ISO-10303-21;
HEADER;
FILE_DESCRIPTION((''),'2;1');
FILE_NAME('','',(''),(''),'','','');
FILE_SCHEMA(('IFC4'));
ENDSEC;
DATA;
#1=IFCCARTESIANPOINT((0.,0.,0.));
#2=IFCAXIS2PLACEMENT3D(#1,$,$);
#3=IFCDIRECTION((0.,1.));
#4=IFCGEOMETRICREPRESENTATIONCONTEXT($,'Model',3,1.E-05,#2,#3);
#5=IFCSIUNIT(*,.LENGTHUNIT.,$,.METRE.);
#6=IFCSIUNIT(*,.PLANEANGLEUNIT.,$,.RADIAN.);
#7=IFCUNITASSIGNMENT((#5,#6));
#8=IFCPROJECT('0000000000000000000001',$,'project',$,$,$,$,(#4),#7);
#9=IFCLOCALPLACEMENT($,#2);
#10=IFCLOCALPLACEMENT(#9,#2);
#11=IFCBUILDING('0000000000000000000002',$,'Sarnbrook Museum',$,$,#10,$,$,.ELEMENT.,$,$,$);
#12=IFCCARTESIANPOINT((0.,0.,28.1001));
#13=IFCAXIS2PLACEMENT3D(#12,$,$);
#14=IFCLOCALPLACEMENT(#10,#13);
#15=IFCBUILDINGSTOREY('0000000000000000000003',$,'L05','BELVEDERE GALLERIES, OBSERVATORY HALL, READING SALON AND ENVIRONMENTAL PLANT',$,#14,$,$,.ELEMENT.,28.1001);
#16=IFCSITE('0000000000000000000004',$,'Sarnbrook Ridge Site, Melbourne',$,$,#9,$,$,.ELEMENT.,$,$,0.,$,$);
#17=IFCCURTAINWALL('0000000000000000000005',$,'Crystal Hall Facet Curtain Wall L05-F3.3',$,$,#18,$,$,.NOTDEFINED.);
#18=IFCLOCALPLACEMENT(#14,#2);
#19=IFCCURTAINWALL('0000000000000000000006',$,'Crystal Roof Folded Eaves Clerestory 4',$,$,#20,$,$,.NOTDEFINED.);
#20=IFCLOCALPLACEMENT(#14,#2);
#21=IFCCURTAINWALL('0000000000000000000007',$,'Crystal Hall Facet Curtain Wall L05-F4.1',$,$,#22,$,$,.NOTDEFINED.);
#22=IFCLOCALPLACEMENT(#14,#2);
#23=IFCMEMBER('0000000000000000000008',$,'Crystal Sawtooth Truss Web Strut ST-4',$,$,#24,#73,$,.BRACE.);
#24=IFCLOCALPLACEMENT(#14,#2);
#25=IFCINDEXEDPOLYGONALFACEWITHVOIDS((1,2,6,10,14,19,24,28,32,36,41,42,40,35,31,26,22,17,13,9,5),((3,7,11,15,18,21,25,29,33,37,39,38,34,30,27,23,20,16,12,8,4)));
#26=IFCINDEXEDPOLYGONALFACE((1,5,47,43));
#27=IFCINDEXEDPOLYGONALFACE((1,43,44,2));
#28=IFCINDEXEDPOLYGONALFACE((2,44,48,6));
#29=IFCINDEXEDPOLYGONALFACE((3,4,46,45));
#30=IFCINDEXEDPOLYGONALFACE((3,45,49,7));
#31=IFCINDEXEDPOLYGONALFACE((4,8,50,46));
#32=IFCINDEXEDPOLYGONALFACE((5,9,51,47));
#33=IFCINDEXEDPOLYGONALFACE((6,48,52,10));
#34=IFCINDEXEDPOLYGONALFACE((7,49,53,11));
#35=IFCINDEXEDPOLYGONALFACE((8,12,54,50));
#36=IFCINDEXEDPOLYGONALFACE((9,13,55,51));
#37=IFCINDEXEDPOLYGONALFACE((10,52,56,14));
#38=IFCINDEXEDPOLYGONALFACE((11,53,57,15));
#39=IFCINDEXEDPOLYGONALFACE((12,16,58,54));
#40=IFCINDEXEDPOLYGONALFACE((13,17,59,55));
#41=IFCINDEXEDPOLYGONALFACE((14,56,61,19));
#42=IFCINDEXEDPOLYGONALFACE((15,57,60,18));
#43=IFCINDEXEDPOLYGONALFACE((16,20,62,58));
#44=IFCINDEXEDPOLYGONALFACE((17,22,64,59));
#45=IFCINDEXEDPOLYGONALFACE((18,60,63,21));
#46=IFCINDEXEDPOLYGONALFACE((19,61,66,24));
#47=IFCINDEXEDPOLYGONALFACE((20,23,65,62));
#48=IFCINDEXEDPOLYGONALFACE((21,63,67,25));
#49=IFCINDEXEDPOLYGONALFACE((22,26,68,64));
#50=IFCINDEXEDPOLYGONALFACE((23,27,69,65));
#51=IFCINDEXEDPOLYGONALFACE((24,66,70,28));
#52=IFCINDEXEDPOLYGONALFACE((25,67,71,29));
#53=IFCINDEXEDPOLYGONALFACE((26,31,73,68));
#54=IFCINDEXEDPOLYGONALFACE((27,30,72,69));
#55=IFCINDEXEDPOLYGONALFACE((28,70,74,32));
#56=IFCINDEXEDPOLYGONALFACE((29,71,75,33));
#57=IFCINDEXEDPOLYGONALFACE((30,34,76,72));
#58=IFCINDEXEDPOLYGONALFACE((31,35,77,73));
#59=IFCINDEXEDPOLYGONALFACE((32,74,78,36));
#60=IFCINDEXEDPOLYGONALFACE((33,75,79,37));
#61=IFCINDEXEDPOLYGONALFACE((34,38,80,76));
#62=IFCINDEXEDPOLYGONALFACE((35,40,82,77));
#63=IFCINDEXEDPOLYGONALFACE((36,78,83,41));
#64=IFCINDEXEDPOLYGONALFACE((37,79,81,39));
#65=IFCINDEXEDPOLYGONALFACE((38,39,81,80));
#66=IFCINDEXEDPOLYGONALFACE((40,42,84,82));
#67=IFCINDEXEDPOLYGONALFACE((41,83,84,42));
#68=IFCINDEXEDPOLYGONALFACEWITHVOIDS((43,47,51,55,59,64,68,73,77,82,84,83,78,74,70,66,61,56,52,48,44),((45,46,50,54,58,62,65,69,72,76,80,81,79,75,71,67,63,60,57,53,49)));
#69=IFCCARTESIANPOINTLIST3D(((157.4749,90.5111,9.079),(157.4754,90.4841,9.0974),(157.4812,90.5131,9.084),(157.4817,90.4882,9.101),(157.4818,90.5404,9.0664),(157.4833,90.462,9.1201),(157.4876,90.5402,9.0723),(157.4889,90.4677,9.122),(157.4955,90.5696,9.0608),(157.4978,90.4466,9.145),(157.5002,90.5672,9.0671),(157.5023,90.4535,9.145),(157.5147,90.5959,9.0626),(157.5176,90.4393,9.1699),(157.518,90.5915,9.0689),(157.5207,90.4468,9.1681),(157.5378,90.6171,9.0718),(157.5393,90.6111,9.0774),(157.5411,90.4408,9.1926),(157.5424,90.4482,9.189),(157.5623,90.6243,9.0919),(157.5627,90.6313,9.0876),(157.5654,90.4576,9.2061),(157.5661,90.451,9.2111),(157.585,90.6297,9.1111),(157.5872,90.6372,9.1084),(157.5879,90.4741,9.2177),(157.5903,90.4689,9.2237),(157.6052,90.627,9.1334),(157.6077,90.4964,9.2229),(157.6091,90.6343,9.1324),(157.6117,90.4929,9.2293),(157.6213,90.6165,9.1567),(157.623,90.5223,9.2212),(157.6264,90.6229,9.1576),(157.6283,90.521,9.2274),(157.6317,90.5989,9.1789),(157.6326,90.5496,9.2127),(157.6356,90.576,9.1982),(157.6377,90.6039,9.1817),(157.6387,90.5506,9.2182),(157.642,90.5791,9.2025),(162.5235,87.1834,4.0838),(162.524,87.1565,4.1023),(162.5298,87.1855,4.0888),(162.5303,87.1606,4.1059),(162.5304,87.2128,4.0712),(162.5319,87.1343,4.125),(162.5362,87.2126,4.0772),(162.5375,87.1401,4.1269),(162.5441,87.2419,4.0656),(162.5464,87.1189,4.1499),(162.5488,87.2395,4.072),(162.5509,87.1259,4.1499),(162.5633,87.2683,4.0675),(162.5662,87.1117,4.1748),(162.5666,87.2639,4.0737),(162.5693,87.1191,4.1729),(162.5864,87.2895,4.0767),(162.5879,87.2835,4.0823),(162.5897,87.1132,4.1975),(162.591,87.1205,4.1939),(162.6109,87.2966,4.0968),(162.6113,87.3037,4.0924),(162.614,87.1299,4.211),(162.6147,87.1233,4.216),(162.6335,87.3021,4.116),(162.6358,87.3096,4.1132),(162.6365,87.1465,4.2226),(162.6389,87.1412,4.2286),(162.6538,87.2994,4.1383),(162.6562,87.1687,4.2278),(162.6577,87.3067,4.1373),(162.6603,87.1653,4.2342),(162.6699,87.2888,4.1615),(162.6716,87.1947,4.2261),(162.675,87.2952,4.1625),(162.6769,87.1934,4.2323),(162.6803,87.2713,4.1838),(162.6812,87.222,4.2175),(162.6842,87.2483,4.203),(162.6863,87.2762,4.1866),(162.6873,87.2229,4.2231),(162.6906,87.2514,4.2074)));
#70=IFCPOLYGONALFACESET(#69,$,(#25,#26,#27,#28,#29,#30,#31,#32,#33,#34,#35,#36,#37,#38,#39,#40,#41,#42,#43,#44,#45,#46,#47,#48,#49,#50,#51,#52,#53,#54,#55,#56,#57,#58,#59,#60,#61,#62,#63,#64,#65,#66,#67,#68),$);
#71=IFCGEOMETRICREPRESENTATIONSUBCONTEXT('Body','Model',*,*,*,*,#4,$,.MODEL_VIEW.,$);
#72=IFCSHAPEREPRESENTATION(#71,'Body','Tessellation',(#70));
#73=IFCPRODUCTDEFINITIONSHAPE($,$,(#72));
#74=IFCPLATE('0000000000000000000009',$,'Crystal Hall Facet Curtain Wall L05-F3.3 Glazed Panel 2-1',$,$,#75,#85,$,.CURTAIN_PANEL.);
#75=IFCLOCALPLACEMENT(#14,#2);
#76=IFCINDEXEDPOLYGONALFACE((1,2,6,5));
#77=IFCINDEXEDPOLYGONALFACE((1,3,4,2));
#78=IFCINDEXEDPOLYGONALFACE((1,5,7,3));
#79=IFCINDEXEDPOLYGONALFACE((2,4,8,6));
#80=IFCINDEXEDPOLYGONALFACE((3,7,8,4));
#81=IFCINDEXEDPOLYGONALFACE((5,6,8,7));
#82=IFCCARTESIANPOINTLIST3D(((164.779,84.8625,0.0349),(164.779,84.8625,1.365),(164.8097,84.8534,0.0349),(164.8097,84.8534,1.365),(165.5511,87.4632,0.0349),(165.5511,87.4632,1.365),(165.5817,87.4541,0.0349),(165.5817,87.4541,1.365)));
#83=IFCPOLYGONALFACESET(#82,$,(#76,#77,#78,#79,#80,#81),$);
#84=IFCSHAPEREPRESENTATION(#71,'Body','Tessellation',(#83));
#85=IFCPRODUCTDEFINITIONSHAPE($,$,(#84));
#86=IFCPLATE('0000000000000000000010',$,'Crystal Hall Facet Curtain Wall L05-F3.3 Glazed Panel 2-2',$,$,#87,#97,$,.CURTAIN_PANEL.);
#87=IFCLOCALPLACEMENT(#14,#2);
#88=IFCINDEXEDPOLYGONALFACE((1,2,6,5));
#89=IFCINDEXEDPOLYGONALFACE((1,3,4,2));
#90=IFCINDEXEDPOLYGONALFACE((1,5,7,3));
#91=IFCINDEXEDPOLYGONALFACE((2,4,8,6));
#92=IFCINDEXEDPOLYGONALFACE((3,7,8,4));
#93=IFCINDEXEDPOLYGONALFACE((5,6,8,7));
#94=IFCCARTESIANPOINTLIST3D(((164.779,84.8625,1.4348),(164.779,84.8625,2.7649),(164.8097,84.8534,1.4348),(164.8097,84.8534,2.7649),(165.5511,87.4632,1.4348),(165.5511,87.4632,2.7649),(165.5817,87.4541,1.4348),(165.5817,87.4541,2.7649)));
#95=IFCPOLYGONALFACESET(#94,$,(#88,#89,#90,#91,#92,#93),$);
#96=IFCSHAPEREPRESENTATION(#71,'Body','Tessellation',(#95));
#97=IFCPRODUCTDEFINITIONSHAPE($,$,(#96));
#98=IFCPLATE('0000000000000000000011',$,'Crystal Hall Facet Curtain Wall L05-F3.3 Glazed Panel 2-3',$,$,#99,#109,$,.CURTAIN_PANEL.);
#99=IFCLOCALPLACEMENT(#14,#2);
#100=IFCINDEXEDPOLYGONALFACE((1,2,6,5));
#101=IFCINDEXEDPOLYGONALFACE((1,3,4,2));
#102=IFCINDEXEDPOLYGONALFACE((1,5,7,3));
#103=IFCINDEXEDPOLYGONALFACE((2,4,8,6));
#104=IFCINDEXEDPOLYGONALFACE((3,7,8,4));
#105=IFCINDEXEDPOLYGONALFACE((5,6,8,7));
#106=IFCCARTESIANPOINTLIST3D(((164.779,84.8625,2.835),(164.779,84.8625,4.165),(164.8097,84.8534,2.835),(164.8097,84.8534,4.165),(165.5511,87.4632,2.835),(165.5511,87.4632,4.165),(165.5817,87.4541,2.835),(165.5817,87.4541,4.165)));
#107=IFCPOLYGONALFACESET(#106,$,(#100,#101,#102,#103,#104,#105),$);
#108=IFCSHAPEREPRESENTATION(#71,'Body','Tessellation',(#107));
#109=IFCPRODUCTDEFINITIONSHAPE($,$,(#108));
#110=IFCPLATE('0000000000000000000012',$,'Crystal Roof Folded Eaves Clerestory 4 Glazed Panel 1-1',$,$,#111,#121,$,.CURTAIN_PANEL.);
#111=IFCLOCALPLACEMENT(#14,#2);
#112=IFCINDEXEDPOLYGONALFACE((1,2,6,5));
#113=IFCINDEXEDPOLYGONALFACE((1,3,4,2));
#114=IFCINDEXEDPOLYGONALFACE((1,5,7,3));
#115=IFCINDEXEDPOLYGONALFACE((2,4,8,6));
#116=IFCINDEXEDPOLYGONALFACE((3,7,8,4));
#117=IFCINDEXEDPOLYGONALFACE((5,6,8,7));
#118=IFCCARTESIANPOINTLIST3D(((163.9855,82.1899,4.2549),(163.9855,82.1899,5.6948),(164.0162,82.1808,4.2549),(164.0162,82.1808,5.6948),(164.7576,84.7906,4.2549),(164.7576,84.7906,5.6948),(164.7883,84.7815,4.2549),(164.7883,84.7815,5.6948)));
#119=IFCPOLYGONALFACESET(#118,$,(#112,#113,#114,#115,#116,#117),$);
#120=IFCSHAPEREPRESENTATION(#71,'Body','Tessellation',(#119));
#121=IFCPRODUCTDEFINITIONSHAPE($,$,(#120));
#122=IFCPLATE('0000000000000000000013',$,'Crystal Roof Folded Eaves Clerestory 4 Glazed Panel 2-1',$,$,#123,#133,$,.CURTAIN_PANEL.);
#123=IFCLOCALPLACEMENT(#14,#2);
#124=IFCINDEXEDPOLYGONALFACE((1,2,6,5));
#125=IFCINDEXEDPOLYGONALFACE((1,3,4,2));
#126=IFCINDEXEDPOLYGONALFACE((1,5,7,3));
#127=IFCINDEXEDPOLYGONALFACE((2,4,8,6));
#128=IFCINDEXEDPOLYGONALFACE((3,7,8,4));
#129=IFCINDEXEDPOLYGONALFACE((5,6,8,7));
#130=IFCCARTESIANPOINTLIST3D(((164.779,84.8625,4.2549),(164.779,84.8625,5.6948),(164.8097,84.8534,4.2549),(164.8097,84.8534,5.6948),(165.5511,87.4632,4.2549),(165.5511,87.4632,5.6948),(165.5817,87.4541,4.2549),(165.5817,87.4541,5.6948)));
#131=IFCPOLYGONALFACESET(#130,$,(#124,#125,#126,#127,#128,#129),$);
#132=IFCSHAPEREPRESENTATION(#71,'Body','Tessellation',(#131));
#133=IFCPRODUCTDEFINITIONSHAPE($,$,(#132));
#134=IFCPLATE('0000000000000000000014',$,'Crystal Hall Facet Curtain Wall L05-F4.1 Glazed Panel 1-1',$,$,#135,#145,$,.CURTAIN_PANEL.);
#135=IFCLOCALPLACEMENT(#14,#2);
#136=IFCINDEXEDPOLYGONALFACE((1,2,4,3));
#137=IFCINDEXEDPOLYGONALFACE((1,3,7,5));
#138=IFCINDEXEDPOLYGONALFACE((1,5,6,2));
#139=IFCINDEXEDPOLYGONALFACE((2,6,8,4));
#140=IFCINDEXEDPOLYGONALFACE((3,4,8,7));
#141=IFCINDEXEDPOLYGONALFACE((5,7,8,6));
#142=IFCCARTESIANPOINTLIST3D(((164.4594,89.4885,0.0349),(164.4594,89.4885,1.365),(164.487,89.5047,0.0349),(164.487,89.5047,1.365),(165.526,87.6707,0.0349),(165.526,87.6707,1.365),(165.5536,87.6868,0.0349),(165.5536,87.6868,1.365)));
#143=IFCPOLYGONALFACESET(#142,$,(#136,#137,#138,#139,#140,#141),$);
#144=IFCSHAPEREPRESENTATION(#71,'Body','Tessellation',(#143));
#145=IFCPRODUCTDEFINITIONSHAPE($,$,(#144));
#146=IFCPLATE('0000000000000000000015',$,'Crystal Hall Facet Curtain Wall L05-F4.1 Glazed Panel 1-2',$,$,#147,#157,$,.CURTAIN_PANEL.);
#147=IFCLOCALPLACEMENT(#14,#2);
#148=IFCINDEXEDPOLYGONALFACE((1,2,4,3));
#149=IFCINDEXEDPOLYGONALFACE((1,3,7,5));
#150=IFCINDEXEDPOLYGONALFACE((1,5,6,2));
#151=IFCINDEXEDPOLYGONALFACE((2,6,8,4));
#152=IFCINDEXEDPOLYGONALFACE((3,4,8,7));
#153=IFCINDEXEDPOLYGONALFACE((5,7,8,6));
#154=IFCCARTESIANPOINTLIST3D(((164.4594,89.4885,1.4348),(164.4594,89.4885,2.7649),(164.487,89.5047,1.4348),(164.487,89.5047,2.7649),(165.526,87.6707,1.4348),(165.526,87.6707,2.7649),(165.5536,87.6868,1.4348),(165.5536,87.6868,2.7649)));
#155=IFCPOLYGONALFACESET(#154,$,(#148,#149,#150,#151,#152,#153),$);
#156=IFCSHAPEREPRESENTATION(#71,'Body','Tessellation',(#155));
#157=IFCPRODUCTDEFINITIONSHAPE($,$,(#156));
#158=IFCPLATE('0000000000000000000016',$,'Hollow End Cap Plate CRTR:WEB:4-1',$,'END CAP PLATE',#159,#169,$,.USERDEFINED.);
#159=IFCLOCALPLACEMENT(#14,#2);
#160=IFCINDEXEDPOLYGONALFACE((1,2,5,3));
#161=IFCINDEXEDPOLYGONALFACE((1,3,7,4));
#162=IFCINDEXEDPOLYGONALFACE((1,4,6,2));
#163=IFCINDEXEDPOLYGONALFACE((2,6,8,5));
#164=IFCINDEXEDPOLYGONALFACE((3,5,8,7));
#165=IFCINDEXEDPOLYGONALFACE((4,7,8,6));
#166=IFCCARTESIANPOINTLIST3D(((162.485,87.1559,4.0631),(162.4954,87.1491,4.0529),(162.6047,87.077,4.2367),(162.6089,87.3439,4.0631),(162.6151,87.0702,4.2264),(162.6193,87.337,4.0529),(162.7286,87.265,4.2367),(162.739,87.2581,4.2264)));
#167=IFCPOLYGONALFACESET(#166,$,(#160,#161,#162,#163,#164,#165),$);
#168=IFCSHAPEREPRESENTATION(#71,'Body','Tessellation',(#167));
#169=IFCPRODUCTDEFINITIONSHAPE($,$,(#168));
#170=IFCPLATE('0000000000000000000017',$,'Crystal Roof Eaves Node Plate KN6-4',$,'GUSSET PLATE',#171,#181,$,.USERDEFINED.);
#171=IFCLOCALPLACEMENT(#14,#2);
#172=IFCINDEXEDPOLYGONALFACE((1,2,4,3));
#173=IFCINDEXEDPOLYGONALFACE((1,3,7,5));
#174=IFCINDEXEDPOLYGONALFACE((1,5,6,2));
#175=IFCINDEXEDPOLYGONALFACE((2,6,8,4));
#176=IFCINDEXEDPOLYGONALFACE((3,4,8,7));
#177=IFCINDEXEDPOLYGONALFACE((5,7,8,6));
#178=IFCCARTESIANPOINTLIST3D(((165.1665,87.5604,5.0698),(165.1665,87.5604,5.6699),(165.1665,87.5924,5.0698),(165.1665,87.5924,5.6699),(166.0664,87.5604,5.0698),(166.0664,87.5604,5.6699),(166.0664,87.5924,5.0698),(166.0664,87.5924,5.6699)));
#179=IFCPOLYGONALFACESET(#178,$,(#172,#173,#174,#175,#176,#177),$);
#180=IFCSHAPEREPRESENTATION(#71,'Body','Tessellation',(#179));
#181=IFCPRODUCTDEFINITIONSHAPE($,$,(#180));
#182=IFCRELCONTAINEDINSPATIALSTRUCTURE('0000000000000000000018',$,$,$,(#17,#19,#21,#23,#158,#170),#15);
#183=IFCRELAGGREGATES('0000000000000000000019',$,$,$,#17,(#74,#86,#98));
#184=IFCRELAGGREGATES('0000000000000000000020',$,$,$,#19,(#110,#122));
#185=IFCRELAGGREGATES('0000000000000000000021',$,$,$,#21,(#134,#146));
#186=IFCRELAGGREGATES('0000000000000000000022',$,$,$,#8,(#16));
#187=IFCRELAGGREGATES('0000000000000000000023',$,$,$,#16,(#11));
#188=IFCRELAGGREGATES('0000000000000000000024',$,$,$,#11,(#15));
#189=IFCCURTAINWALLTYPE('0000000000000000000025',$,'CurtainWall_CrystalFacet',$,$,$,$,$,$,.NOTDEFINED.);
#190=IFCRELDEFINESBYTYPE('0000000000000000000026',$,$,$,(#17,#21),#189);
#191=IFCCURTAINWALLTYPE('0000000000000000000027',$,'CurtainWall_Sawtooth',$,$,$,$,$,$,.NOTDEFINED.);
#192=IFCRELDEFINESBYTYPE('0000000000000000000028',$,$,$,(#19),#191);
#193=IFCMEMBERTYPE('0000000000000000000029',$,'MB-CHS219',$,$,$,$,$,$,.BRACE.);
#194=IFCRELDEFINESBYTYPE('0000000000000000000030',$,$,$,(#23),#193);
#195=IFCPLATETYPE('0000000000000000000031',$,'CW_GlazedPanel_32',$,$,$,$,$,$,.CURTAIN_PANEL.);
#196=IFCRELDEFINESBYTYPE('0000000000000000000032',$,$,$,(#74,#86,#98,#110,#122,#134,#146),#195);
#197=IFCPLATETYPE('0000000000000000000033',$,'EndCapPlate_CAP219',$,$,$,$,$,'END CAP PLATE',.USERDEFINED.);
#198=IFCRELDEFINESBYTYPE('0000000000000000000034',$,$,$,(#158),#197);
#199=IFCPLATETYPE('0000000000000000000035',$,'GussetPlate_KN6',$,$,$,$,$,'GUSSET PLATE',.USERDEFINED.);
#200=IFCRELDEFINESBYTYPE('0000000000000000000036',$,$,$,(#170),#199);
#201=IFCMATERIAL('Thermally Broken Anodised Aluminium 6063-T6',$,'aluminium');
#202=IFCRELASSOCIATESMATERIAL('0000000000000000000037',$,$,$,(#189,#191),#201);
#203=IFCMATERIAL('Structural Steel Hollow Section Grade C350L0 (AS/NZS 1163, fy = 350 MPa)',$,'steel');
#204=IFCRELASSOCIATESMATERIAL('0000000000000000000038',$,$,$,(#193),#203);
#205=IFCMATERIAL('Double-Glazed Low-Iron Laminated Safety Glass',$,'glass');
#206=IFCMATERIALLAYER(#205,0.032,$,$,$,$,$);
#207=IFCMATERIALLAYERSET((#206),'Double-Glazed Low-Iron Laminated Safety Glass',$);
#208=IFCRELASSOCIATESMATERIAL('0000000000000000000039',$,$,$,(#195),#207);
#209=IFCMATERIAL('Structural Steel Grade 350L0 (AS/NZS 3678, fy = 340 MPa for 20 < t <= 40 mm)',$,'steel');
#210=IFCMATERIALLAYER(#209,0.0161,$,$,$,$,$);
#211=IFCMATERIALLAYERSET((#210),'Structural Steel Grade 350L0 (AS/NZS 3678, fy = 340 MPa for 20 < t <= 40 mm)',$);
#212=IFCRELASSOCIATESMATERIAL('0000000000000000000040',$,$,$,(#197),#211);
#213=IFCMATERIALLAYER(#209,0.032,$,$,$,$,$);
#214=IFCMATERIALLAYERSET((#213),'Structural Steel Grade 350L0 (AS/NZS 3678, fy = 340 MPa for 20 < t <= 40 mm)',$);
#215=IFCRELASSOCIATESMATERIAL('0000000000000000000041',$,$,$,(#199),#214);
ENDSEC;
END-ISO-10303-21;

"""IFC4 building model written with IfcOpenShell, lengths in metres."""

from ifc_helpers import new_model, si_unit, direction, frame, origin, origin_2d, place, context, subcontext, project, spatial, rectangle, hollow_circle, extrude, material, layer, layer_set, material_profile, profile_set, type_object, element, aggregate, save


model = new_model("IFC4")

# Units and contexts
model_context = context("Model", 3, precision=1e-05, world=origin(), true_north=direction((0.0, 1.0)))
body_context = subcontext(model_context, "Body", "Model", "MODEL_VIEW")
ifc_project = project(units=[si_unit("LENGTHUNIT", "METRE"), si_unit("PLANEANGLEUNIT", "RADIAN")], contexts=[model_context])

# Site, building, storey
site_placement = place(None, origin())
site = spatial("IfcSite", under=ifc_project, at=site_placement, Name="Sarnbrook Ridge Site, Melbourne", CompositionType="ELEMENT", RefElevation=0.0)
building_placement = place(site_placement, origin())
building = spatial("IfcBuilding", under=site, at=building_placement, Name="Sarnbrook Museum", CompositionType="ELEMENT")
storey_placement = place(building_placement, frame((0.0, 0.0, 28.1001)))
storey = spatial("IfcBuildingStorey", under=building, at=storey_placement, Name="L05", Description="BELVEDERE GALLERIES, OBSERVATORY HALL, READING SALON AND ENVIRONMENTAL PLANT", CompositionType="ELEMENT", Elevation=28.1001)

# Shared definitions
ifc_material_1 = material(Name="Structural Steel Grade 350L0 (AS/NZS 3678, fy = 340 MPa for 20 < t <= 40 mm)", Category="steel")

# Curtain walls
ifc_material_2 = material(Name="Thermally Broken Anodised Aluminium 6063-T6", Category="aluminium")
curtain_wall_type_1 = type_object("IfcCurtainWallType", Name="CurtainWall_CrystalFacet", PredefinedType="NOTDEFINED", material=ifc_material_2)
curtain_wall_1_placement = place(storey_placement, origin())
curtain_wall_1 = element("IfcCurtainWall", 1, at=curtain_wall_1_placement, inside=storey, type_object=curtain_wall_type_1, Name="Crystal Hall Facet Curtain Wall L05-F3.3", PredefinedType="NOTDEFINED")
curtain_wall_type_2 = type_object("IfcCurtainWallType", Name="CurtainWall_Sawtooth", PredefinedType="NOTDEFINED", material=ifc_material_2)
curtain_wall_2_placement = place(storey_placement, origin())
curtain_wall_2 = element("IfcCurtainWall", 2, at=curtain_wall_2_placement, inside=storey, type_object=curtain_wall_type_2, Name="Crystal Roof Folded Eaves Clerestory 4", PredefinedType="NOTDEFINED")

# Curtain wall
curtain_wall_3_placement = place(storey_placement, origin())
curtain_wall_3 = element("IfcCurtainWall", 3, at=curtain_wall_3_placement, inside=storey, type_object=curtain_wall_type_1, Name="Crystal Hall Facet Curtain Wall L05-F4.1", PredefinedType="NOTDEFINED")

# Member
ifc_material_3 = material(Name="Structural Steel Hollow Section Grade C350L0 (AS/NZS 1163, fy = 350 MPa)", Category="steel")
ifc_material_profile_1 = material_profile(ifc_material_3, hollow_circle(Radius=0.1096, WallThickness=0.0083, at=origin_2d()), Name="219.1x8.2CHS")
ifc_profile_set_1 = profile_set([ifc_material_profile_1], Name="Structural Steel Hollow Section Grade C350L0 (AS/NZS 1163, fy = 350 MPa)")
member_type_1 = type_object("IfcMemberType", Name="MB-CHS219", PredefinedType="BRACE", material=ifc_profile_set_1)
member_1_placement = place(storey_placement, frame((162.6067, 87.2104, 4.1499), z_axis=(-0.643706, 0.424281, 0.636889), x_axis=(-0.550332, -0.834946, 0.0)))
element("IfcMember", 4, at=member_1_placement, inside=storey, type_object=member_type_1, Name="Crystal Sawtooth Truss Web Strut ST-4", PredefinedType="BRACE", context=body_context, shape_type="SweptSolid", body=[
    extrude(hollow_circle(Radius=0.1096, WallThickness=0.0083, at=origin_2d()), origin(), (0.0, 0.0, 1.0), 7.843),
])

# Plates
ifc_material_4 = material(Name="Double-Glazed Low-Iron Laminated Safety Glass", Category="glass")
ifc_layer_1 = layer(ifc_material_4, 0.032)
ifc_layer_set_1 = layer_set([ifc_layer_1], Name="Double-Glazed Low-Iron Laminated Safety Glass")
plate_type_1 = type_object("IfcPlateType", Name="CW_GlazedPanel_32", PredefinedType="CURTAIN_PANEL", material=ifc_layer_set_1)
plate_1_placement = place(storey_placement, frame((165.165, 86.1628, 0.7), z_axis=(0.958647, -0.284597, 0.0), x_axis=(0.284597, 0.958647, 0.0)))
plate_1 = element("IfcPlate", 5, at=plate_1_placement, type_object=plate_type_1, Name="Crystal Hall Facet Curtain Wall L05-F3.3 Glazed Panel 2-1", PredefinedType="CURTAIN_PANEL", context=body_context, shape_type="SweptSolid", body=[
    extrude(rectangle(XDim=2.7129, YDim=1.3301, at=origin_2d()), origin(), (0.0, 0.0, 1.0), 0.032),
])
plate_2_placement = place(storey_placement, frame((165.165, 86.1628, 2.0999), z_axis=(0.958647, -0.284597, 0.0), x_axis=(0.284597, 0.958647, 0.0)))
plate_2 = element("IfcPlate", 6, at=plate_2_placement, type_object=plate_type_1, Name="Crystal Hall Facet Curtain Wall L05-F3.3 Glazed Panel 2-2", PredefinedType="CURTAIN_PANEL", context=body_context, shape_type="SweptSolid", body=[
    extrude(rectangle(XDim=2.7129, YDim=1.3301, at=origin_2d()), origin(), (0.0, 0.0, 1.0), 0.032),
])
plate_3_placement = place(storey_placement, frame((165.165, 86.1628, 3.5), z_axis=(0.958647, -0.284597, 0.0), x_axis=(0.284597, 0.958647, 0.0)))
plate_3 = element("IfcPlate", 7, at=plate_3_placement, type_object=plate_type_1, Name="Crystal Hall Facet Curtain Wall L05-F3.3 Glazed Panel 2-3", PredefinedType="CURTAIN_PANEL", context=body_context, shape_type="SweptSolid", body=[
    extrude(rectangle(XDim=2.7129, YDim=1.3301, at=origin_2d()), origin(), (0.0, 0.0, 1.0), 0.032),
])
aggregate(curtain_wall_1, [plate_1, plate_2, plate_3])
plate_4_placement = place(storey_placement, frame((164.3716, 83.4902, 4.9749), z_axis=(0.958647, -0.284597, 0.0), x_axis=(0.284597, 0.958647, 0.0)))
plate_4 = element("IfcPlate", 8, at=plate_4_placement, type_object=plate_type_1, Name="Crystal Roof Folded Eaves Clerestory 4 Glazed Panel 1-1", PredefinedType="CURTAIN_PANEL", context=body_context, shape_type="SweptSolid", body=[
    extrude(rectangle(XDim=2.7129, YDim=1.4399, at=origin_2d()), origin(), (0.0, 0.0, 1.0), 0.032),
])
plate_5_placement = place(storey_placement, frame((165.165, 86.1628, 4.9749), z_axis=(0.958647, -0.284597, 0.0), x_axis=(0.284597, 0.958647, 0.0)))
plate_5 = element("IfcPlate", 9, at=plate_5_placement, type_object=plate_type_1, Name="Crystal Roof Folded Eaves Clerestory 4 Glazed Panel 2-1", PredefinedType="CURTAIN_PANEL", context=body_context, shape_type="SweptSolid", body=[
    extrude(rectangle(XDim=2.7129, YDim=1.4399, at=origin_2d()), origin(), (0.0, 0.0, 1.0), 0.032),
])
aggregate(curtain_wall_2, [plate_4, plate_5])
plate_6_placement = place(storey_placement, frame((164.9927, 88.5796, 0.7), z_axis=(0.8625, 0.506057, 0.0), x_axis=(-0.506057, 0.8625, 0.0)))
plate_6 = element("IfcPlate", 10, at=plate_6_placement, type_object=plate_type_1, Name="Crystal Hall Facet Curtain Wall L05-F4.1 Glazed Panel 1-1", PredefinedType="CURTAIN_PANEL", context=body_context, shape_type="SweptSolid", body=[
    extrude(rectangle(XDim=2.1077, YDim=1.3301, at=origin_2d()), origin(), (0.0, 0.0, 1.0), 0.032),
])
plate_7_placement = place(storey_placement, frame((164.9927, 88.5796, 2.0999), z_axis=(0.8625, 0.506057, 0.0), x_axis=(-0.506057, 0.8625, 0.0)))
plate_7 = element("IfcPlate", 11, at=plate_7_placement, type_object=plate_type_1, Name="Crystal Hall Facet Curtain Wall L05-F4.1 Glazed Panel 1-2", PredefinedType="CURTAIN_PANEL", context=body_context, shape_type="SweptSolid", body=[
    extrude(rectangle(XDim=2.1077, YDim=1.3301, at=origin_2d()), origin(), (0.0, 0.0, 1.0), 0.032),
])
aggregate(curtain_wall_3, [plate_6, plate_7])

# Plates
ifc_layer_2 = layer(ifc_material_1, 0.0161)
ifc_layer_set_2 = layer_set([ifc_layer_2], Name="Structural Steel Grade 350L0 (AS/NZS 3678, fy = 340 MPa for 20 < t <= 40 mm)")
plate_type_2 = type_object("IfcPlateType", Name="EndCapPlate_CAP219", ElementType="END CAP PLATE", PredefinedType="USERDEFINED", material=ifc_layer_set_2)
plate_8_placement = place(storey_placement, frame((162.6172, 87.2036, 4.1396), z_axis=(-0.643708, 0.424302, 0.636874), x_axis=(-0.55035, -0.834934, 0.0)))
element("IfcPlate", 12, at=plate_8_placement, inside=storey, type_object=plate_type_2, Name="Hollow End Cap Plate CRTR:WEB:4-1", ObjectType="END CAP PLATE", PredefinedType="USERDEFINED", context=body_context, shape_type="SweptSolid", body=[
    extrude(rectangle(XDim=0.2251, YDim=0.2251, at=origin_2d()), origin(), (0.0, 0.0, 1.0), 0.0161),
])
ifc_layer_3 = layer(ifc_material_1, 0.032)
ifc_layer_set_3 = layer_set([ifc_layer_3], Name="Structural Steel Grade 350L0 (AS/NZS 3678, fy = 340 MPa for 20 < t <= 40 mm)")
plate_type_3 = type_object("IfcPlateType", Name="GussetPlate_KN6", ElementType="GUSSET PLATE", PredefinedType="USERDEFINED", material=ifc_layer_set_3)
plate_9_placement = place(storey_placement, frame((165.6165, 87.5764, 5.0698), z_axis=(0.0, 0.0, 1.0), x_axis=(1.0, 0.0, 0.0)))
element("IfcPlate", 13, at=plate_9_placement, inside=storey, type_object=plate_type_3, Name="Crystal Roof Eaves Node Plate KN6-4", ObjectType="GUSSET PLATE", PredefinedType="USERDEFINED", context=body_context, shape_type="SweptSolid", body=[
    extrude(rectangle(XDim=0.8999, YDim=0.032, at=origin_2d()), origin(), (0.0, 0.0, 1.0), 0.6001),
])

save(model, "model.ifc")
